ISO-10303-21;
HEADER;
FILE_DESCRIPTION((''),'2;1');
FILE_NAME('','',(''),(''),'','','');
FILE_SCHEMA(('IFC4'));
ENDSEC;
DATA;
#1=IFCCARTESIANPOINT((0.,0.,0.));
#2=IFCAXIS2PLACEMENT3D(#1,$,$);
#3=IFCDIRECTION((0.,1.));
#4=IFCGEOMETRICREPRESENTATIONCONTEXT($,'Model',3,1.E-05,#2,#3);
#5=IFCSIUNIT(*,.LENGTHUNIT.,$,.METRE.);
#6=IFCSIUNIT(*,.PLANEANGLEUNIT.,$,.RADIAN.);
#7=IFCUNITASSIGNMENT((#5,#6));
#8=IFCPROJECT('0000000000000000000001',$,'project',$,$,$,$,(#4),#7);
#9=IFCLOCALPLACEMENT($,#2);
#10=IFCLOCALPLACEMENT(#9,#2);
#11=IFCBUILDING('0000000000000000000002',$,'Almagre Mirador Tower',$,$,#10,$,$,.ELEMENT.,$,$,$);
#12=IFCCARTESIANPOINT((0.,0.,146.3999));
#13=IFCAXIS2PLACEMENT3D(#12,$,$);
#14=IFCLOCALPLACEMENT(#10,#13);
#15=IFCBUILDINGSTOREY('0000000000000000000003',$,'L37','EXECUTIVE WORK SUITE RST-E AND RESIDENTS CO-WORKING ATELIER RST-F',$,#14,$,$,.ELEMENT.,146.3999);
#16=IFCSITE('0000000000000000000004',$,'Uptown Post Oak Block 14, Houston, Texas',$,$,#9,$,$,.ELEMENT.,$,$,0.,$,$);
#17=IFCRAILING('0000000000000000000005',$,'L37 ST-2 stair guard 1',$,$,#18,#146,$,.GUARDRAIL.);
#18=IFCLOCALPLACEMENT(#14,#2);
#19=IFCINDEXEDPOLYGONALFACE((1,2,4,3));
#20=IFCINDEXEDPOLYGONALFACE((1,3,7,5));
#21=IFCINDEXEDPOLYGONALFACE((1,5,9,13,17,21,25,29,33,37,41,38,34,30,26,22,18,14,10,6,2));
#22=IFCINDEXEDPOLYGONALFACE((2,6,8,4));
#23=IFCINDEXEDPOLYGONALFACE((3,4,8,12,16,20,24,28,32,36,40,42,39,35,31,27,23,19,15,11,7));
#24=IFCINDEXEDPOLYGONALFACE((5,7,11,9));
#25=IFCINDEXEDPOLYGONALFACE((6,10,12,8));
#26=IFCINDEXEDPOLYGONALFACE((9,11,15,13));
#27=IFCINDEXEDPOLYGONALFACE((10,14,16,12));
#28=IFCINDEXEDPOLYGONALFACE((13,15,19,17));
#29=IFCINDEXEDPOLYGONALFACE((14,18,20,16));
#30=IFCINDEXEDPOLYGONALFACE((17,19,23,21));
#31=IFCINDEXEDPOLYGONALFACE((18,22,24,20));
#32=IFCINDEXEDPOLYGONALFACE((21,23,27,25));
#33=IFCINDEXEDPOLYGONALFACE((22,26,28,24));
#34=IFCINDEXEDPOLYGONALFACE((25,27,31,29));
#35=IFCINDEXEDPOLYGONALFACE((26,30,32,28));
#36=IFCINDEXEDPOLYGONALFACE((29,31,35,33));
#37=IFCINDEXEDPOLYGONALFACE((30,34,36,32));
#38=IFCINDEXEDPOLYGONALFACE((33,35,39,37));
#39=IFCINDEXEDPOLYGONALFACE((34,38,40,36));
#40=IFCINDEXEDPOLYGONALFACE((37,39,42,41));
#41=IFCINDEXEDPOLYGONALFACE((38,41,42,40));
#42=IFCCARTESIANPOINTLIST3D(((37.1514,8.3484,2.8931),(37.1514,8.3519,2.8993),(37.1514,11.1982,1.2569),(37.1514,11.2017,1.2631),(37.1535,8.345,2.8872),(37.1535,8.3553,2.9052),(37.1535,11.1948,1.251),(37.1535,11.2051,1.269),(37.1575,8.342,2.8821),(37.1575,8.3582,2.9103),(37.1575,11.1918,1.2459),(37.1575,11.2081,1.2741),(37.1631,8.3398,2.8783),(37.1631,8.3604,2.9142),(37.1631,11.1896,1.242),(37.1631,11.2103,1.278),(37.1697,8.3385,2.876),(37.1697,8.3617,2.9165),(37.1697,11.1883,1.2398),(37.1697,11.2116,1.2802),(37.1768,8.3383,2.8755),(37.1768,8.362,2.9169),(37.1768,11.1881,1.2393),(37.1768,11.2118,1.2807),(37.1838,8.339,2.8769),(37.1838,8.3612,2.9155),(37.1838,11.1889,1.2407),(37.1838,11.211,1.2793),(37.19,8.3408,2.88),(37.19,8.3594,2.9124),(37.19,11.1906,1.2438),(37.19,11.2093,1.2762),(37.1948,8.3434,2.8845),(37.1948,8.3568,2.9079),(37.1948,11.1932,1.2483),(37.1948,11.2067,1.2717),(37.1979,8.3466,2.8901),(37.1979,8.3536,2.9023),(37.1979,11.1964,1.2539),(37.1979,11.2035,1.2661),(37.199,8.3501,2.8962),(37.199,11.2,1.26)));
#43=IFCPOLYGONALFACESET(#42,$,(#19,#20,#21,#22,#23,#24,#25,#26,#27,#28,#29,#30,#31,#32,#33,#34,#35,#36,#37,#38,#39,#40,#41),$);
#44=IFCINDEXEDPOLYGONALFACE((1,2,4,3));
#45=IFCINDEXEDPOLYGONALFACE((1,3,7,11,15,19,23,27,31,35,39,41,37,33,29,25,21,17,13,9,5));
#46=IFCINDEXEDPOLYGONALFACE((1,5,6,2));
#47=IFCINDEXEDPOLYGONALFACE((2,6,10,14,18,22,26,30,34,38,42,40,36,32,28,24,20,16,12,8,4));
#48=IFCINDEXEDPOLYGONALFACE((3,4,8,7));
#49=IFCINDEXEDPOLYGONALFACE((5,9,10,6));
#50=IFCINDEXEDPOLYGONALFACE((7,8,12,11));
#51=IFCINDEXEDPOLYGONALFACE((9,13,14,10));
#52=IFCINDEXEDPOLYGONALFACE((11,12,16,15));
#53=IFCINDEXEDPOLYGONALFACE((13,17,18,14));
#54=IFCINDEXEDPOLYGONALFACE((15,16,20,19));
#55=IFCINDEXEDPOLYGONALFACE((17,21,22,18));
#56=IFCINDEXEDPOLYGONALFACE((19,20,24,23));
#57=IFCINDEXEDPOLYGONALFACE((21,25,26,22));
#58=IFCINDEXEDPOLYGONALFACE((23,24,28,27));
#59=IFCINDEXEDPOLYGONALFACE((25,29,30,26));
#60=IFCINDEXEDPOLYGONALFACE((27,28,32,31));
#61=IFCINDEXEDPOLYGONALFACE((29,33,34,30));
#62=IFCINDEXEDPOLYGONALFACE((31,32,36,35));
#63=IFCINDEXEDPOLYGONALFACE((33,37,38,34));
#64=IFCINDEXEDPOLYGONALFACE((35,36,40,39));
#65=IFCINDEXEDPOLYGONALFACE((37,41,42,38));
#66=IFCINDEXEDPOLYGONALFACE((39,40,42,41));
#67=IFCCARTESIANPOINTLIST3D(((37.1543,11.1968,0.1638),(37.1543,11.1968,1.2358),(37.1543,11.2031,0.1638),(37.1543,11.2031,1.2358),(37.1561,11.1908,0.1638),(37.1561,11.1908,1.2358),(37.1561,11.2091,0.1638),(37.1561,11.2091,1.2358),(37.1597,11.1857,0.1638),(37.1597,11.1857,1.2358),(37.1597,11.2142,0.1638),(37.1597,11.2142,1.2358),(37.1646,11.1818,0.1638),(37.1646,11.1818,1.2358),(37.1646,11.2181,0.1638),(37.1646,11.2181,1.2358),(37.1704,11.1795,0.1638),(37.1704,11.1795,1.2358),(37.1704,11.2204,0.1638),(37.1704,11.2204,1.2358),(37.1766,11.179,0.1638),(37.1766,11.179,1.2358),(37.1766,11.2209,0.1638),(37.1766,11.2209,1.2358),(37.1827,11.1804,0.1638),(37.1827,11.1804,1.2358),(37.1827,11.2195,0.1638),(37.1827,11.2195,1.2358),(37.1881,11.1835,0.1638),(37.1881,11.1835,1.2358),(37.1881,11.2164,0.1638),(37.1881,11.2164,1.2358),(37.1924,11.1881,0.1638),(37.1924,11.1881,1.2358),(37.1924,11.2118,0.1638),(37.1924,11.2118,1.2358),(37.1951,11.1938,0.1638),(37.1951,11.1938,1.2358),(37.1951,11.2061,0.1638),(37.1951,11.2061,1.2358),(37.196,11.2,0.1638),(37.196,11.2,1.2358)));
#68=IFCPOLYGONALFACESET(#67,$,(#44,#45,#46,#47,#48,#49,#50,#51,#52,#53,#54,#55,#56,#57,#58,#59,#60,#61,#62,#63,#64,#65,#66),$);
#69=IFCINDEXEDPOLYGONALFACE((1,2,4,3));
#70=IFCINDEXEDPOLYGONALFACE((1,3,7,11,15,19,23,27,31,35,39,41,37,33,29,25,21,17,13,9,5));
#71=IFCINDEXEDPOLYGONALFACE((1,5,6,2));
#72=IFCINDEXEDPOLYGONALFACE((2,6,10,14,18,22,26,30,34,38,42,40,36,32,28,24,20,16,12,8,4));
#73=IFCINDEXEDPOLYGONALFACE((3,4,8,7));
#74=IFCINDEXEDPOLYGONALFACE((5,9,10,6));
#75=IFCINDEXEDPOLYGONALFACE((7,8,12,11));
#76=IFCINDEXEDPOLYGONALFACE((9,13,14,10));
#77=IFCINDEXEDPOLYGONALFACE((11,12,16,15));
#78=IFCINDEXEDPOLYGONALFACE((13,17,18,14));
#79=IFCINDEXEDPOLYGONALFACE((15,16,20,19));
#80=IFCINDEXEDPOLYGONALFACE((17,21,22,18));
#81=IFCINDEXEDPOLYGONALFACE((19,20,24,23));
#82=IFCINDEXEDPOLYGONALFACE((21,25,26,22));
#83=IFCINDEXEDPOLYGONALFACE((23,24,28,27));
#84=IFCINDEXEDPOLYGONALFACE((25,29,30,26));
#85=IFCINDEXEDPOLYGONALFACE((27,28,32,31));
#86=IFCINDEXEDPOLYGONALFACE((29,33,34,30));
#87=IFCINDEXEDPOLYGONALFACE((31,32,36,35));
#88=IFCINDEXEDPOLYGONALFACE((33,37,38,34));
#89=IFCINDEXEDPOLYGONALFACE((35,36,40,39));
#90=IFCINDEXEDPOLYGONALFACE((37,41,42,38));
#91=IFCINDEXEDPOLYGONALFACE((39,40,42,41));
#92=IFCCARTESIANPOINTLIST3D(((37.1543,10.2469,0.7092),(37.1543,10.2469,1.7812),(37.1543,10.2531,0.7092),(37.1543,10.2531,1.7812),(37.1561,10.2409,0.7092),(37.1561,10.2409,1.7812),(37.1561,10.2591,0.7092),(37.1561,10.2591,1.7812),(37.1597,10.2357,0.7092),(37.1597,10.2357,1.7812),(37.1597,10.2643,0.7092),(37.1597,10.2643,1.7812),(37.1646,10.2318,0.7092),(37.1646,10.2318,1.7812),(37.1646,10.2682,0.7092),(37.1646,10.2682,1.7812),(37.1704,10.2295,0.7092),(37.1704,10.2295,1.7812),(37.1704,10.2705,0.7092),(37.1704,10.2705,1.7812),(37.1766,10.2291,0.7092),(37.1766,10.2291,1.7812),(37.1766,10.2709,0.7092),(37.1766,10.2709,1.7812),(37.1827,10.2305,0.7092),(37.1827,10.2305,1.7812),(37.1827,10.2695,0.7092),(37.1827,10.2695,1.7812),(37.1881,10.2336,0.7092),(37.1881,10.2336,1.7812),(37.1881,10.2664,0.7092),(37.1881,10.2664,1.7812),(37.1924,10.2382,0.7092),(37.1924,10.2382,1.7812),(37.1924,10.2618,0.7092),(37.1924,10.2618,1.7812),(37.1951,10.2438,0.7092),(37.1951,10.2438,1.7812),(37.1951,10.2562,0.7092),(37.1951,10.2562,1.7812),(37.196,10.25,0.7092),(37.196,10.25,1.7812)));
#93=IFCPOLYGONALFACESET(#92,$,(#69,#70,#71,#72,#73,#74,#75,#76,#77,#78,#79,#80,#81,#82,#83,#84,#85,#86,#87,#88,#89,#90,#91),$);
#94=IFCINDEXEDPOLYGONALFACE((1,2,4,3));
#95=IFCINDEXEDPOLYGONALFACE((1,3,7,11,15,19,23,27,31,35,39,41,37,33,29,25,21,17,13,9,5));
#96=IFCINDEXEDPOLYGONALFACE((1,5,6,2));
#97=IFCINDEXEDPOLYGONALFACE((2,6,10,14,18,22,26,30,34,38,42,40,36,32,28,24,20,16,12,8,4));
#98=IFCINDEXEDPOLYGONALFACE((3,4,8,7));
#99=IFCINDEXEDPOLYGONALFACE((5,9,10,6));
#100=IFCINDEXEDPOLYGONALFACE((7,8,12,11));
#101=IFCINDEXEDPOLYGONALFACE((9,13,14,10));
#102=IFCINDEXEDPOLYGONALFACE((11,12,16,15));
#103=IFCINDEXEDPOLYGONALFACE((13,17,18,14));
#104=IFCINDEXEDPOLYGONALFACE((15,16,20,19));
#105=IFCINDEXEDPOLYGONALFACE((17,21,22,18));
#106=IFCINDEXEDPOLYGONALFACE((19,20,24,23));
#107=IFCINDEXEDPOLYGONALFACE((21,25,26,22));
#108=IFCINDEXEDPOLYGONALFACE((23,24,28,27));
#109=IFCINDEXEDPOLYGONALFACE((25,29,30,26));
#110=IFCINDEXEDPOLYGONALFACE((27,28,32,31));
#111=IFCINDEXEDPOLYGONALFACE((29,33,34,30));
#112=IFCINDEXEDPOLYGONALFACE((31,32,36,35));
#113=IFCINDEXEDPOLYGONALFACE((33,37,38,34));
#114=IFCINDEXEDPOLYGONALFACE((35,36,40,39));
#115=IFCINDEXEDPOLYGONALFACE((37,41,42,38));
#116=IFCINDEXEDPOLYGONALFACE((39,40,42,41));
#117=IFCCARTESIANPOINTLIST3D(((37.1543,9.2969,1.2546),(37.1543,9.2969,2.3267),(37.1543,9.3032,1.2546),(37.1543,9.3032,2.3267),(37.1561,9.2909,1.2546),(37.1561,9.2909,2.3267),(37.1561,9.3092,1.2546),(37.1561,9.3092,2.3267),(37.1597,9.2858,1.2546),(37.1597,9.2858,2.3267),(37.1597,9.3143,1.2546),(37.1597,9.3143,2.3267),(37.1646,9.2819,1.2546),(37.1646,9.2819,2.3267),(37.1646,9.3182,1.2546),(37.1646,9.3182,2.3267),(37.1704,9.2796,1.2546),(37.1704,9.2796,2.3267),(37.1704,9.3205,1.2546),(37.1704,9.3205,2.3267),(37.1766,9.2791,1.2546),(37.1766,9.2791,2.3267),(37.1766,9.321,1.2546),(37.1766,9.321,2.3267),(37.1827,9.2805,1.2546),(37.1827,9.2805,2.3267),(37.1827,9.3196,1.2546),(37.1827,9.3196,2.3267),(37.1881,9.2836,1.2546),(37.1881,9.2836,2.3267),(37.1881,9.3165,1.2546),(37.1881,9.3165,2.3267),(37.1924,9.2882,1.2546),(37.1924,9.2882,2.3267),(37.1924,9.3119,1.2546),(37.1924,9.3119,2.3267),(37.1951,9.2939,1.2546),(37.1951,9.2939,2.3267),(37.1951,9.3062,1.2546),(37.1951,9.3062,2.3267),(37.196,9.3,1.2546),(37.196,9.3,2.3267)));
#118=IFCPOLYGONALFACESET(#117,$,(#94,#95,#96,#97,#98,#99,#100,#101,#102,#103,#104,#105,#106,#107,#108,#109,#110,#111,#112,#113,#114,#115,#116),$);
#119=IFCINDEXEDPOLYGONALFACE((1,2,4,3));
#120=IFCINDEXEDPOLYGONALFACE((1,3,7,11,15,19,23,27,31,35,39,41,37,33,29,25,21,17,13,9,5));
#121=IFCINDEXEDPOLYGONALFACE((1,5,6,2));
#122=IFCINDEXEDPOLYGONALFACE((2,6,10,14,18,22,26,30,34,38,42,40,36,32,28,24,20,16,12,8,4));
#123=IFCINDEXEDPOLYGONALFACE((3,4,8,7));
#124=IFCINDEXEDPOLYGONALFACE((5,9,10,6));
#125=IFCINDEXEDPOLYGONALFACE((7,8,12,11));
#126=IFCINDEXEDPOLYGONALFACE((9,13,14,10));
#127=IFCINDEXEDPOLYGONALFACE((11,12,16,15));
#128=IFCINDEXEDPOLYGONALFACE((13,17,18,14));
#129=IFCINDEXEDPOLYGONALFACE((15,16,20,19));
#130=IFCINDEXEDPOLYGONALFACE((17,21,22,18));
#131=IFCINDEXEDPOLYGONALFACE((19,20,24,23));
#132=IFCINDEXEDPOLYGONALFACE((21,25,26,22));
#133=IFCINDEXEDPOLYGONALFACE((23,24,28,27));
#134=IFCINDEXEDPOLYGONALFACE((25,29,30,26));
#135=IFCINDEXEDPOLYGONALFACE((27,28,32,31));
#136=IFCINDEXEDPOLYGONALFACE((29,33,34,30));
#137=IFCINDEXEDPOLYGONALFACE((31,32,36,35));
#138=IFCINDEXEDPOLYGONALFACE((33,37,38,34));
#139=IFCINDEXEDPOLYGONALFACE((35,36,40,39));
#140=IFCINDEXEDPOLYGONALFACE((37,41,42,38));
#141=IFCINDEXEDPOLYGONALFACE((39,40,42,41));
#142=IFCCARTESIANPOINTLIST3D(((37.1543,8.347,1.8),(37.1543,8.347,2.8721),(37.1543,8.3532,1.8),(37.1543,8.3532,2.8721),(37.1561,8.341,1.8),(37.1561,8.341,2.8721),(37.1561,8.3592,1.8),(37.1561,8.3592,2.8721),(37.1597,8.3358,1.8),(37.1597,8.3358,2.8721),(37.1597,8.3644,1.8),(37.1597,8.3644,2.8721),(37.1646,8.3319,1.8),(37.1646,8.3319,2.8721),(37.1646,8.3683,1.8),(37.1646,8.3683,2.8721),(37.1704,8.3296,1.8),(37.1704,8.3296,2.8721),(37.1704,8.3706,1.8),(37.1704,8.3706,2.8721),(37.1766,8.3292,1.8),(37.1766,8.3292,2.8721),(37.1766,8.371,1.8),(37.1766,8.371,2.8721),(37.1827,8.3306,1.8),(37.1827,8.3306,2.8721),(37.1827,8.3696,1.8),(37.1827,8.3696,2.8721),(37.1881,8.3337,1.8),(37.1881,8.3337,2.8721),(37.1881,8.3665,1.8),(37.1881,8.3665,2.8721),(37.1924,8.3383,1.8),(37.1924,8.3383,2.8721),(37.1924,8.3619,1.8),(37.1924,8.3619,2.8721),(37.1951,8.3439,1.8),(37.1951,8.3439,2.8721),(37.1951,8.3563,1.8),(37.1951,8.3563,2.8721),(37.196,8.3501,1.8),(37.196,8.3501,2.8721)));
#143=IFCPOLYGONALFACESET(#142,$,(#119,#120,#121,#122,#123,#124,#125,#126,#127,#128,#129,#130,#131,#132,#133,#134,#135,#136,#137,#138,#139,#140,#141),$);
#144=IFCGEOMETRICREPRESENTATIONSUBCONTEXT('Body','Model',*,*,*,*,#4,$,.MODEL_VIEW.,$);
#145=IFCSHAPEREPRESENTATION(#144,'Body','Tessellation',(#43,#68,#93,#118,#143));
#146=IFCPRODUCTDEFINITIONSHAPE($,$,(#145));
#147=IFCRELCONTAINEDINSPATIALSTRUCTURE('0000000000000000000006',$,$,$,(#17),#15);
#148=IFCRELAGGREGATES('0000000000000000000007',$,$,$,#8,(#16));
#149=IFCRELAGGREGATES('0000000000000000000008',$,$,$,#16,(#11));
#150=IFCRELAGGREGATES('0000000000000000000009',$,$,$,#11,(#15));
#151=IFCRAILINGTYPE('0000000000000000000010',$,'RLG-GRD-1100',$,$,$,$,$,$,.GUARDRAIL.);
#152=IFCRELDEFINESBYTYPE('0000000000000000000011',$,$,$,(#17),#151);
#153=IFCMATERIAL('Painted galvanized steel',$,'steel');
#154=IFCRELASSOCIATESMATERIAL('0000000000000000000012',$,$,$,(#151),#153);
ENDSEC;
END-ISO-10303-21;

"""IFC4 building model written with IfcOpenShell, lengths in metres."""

from ifc_helpers import new_model, si_unit, direction, frame, origin, origin_2d, place, context, subcontext, project, spatial, circle, extrude, material, type_object, element, save


model = new_model("IFC4")

# Units and contexts
model_context = context("Model", 3, precision=1e-05, world=origin(), true_north=direction((0.0, 1.0)))
body_context = subcontext(model_context, "Body", "Model", "MODEL_VIEW")
ifc_project = project(units=[si_unit("LENGTHUNIT", "METRE"), si_unit("PLANEANGLEUNIT", "RADIAN")], contexts=[model_context])

# Site, building, storey
site_placement = place(None, origin())
site = spatial("IfcSite", under=ifc_project, at=site_placement, Name="Uptown Post Oak Block 14, Houston, Texas", CompositionType="ELEMENT", RefElevation=0.0)
building_placement = place(site_placement, origin())
building = spatial("IfcBuilding", under=site, at=building_placement, Name="Almagre Mirador Tower", CompositionType="ELEMENT")
storey_placement = place(building_placement, frame((0.0, 0.0, 146.3999)))
storey = spatial("IfcBuildingStorey", under=building, at=storey_placement, Name="L37", Description="EXECUTIVE WORK SUITE RST-E AND RESIDENTS CO-WORKING ATELIER RST-F", CompositionType="ELEMENT", Elevation=146.3999)

# Railing
ifc_material_1 = material(Name="Painted galvanized steel", Category="steel")
railing_type_1 = type_object("IfcRailingType", Name="RLG-GRD-1100", PredefinedType="GUARDRAIL", material=ifc_material_1)
railing_1_placement = place(storey_placement, frame((37.175, 11.2, 0.1638)))
element("IfcRailing", 1, at=railing_1_placement, inside=storey, type_object=railing_type_1, Name="L37 ST-2 stair guard 1", PredefinedType="GUARDRAIL", context=body_context, shape_type="SweptSolid", body=[
    extrude(circle(Radius=0.0239, at=origin_2d()), frame((0.0, 0.0, 1.0962), z_axis=(0.0, -0.867226, 0.497914), x_axis=(1.0, 0.0, 0.0)), (0.0, 0.0, 1.0), 3.2861),
    extrude(circle(Radius=0.021, at=origin_2d()), origin(), (0.0, 0.0, 1.0), 1.072),
    extrude(circle(Radius=0.021, at=origin_2d()), frame((0.0, -0.95, 0.5454)), (0.0, 0.0, 1.0), 1.072),
    extrude(circle(Radius=0.021, at=origin_2d()), frame((0.0, -1.8999, 1.0908)), (0.0, 0.0, 1.0), 1.072),
    extrude(circle(Radius=0.021, at=origin_2d()), frame((0.0, -2.8499, 1.6362)), (0.0, 0.0, 1.0), 1.072),
])

save(model, "model.ifc")
